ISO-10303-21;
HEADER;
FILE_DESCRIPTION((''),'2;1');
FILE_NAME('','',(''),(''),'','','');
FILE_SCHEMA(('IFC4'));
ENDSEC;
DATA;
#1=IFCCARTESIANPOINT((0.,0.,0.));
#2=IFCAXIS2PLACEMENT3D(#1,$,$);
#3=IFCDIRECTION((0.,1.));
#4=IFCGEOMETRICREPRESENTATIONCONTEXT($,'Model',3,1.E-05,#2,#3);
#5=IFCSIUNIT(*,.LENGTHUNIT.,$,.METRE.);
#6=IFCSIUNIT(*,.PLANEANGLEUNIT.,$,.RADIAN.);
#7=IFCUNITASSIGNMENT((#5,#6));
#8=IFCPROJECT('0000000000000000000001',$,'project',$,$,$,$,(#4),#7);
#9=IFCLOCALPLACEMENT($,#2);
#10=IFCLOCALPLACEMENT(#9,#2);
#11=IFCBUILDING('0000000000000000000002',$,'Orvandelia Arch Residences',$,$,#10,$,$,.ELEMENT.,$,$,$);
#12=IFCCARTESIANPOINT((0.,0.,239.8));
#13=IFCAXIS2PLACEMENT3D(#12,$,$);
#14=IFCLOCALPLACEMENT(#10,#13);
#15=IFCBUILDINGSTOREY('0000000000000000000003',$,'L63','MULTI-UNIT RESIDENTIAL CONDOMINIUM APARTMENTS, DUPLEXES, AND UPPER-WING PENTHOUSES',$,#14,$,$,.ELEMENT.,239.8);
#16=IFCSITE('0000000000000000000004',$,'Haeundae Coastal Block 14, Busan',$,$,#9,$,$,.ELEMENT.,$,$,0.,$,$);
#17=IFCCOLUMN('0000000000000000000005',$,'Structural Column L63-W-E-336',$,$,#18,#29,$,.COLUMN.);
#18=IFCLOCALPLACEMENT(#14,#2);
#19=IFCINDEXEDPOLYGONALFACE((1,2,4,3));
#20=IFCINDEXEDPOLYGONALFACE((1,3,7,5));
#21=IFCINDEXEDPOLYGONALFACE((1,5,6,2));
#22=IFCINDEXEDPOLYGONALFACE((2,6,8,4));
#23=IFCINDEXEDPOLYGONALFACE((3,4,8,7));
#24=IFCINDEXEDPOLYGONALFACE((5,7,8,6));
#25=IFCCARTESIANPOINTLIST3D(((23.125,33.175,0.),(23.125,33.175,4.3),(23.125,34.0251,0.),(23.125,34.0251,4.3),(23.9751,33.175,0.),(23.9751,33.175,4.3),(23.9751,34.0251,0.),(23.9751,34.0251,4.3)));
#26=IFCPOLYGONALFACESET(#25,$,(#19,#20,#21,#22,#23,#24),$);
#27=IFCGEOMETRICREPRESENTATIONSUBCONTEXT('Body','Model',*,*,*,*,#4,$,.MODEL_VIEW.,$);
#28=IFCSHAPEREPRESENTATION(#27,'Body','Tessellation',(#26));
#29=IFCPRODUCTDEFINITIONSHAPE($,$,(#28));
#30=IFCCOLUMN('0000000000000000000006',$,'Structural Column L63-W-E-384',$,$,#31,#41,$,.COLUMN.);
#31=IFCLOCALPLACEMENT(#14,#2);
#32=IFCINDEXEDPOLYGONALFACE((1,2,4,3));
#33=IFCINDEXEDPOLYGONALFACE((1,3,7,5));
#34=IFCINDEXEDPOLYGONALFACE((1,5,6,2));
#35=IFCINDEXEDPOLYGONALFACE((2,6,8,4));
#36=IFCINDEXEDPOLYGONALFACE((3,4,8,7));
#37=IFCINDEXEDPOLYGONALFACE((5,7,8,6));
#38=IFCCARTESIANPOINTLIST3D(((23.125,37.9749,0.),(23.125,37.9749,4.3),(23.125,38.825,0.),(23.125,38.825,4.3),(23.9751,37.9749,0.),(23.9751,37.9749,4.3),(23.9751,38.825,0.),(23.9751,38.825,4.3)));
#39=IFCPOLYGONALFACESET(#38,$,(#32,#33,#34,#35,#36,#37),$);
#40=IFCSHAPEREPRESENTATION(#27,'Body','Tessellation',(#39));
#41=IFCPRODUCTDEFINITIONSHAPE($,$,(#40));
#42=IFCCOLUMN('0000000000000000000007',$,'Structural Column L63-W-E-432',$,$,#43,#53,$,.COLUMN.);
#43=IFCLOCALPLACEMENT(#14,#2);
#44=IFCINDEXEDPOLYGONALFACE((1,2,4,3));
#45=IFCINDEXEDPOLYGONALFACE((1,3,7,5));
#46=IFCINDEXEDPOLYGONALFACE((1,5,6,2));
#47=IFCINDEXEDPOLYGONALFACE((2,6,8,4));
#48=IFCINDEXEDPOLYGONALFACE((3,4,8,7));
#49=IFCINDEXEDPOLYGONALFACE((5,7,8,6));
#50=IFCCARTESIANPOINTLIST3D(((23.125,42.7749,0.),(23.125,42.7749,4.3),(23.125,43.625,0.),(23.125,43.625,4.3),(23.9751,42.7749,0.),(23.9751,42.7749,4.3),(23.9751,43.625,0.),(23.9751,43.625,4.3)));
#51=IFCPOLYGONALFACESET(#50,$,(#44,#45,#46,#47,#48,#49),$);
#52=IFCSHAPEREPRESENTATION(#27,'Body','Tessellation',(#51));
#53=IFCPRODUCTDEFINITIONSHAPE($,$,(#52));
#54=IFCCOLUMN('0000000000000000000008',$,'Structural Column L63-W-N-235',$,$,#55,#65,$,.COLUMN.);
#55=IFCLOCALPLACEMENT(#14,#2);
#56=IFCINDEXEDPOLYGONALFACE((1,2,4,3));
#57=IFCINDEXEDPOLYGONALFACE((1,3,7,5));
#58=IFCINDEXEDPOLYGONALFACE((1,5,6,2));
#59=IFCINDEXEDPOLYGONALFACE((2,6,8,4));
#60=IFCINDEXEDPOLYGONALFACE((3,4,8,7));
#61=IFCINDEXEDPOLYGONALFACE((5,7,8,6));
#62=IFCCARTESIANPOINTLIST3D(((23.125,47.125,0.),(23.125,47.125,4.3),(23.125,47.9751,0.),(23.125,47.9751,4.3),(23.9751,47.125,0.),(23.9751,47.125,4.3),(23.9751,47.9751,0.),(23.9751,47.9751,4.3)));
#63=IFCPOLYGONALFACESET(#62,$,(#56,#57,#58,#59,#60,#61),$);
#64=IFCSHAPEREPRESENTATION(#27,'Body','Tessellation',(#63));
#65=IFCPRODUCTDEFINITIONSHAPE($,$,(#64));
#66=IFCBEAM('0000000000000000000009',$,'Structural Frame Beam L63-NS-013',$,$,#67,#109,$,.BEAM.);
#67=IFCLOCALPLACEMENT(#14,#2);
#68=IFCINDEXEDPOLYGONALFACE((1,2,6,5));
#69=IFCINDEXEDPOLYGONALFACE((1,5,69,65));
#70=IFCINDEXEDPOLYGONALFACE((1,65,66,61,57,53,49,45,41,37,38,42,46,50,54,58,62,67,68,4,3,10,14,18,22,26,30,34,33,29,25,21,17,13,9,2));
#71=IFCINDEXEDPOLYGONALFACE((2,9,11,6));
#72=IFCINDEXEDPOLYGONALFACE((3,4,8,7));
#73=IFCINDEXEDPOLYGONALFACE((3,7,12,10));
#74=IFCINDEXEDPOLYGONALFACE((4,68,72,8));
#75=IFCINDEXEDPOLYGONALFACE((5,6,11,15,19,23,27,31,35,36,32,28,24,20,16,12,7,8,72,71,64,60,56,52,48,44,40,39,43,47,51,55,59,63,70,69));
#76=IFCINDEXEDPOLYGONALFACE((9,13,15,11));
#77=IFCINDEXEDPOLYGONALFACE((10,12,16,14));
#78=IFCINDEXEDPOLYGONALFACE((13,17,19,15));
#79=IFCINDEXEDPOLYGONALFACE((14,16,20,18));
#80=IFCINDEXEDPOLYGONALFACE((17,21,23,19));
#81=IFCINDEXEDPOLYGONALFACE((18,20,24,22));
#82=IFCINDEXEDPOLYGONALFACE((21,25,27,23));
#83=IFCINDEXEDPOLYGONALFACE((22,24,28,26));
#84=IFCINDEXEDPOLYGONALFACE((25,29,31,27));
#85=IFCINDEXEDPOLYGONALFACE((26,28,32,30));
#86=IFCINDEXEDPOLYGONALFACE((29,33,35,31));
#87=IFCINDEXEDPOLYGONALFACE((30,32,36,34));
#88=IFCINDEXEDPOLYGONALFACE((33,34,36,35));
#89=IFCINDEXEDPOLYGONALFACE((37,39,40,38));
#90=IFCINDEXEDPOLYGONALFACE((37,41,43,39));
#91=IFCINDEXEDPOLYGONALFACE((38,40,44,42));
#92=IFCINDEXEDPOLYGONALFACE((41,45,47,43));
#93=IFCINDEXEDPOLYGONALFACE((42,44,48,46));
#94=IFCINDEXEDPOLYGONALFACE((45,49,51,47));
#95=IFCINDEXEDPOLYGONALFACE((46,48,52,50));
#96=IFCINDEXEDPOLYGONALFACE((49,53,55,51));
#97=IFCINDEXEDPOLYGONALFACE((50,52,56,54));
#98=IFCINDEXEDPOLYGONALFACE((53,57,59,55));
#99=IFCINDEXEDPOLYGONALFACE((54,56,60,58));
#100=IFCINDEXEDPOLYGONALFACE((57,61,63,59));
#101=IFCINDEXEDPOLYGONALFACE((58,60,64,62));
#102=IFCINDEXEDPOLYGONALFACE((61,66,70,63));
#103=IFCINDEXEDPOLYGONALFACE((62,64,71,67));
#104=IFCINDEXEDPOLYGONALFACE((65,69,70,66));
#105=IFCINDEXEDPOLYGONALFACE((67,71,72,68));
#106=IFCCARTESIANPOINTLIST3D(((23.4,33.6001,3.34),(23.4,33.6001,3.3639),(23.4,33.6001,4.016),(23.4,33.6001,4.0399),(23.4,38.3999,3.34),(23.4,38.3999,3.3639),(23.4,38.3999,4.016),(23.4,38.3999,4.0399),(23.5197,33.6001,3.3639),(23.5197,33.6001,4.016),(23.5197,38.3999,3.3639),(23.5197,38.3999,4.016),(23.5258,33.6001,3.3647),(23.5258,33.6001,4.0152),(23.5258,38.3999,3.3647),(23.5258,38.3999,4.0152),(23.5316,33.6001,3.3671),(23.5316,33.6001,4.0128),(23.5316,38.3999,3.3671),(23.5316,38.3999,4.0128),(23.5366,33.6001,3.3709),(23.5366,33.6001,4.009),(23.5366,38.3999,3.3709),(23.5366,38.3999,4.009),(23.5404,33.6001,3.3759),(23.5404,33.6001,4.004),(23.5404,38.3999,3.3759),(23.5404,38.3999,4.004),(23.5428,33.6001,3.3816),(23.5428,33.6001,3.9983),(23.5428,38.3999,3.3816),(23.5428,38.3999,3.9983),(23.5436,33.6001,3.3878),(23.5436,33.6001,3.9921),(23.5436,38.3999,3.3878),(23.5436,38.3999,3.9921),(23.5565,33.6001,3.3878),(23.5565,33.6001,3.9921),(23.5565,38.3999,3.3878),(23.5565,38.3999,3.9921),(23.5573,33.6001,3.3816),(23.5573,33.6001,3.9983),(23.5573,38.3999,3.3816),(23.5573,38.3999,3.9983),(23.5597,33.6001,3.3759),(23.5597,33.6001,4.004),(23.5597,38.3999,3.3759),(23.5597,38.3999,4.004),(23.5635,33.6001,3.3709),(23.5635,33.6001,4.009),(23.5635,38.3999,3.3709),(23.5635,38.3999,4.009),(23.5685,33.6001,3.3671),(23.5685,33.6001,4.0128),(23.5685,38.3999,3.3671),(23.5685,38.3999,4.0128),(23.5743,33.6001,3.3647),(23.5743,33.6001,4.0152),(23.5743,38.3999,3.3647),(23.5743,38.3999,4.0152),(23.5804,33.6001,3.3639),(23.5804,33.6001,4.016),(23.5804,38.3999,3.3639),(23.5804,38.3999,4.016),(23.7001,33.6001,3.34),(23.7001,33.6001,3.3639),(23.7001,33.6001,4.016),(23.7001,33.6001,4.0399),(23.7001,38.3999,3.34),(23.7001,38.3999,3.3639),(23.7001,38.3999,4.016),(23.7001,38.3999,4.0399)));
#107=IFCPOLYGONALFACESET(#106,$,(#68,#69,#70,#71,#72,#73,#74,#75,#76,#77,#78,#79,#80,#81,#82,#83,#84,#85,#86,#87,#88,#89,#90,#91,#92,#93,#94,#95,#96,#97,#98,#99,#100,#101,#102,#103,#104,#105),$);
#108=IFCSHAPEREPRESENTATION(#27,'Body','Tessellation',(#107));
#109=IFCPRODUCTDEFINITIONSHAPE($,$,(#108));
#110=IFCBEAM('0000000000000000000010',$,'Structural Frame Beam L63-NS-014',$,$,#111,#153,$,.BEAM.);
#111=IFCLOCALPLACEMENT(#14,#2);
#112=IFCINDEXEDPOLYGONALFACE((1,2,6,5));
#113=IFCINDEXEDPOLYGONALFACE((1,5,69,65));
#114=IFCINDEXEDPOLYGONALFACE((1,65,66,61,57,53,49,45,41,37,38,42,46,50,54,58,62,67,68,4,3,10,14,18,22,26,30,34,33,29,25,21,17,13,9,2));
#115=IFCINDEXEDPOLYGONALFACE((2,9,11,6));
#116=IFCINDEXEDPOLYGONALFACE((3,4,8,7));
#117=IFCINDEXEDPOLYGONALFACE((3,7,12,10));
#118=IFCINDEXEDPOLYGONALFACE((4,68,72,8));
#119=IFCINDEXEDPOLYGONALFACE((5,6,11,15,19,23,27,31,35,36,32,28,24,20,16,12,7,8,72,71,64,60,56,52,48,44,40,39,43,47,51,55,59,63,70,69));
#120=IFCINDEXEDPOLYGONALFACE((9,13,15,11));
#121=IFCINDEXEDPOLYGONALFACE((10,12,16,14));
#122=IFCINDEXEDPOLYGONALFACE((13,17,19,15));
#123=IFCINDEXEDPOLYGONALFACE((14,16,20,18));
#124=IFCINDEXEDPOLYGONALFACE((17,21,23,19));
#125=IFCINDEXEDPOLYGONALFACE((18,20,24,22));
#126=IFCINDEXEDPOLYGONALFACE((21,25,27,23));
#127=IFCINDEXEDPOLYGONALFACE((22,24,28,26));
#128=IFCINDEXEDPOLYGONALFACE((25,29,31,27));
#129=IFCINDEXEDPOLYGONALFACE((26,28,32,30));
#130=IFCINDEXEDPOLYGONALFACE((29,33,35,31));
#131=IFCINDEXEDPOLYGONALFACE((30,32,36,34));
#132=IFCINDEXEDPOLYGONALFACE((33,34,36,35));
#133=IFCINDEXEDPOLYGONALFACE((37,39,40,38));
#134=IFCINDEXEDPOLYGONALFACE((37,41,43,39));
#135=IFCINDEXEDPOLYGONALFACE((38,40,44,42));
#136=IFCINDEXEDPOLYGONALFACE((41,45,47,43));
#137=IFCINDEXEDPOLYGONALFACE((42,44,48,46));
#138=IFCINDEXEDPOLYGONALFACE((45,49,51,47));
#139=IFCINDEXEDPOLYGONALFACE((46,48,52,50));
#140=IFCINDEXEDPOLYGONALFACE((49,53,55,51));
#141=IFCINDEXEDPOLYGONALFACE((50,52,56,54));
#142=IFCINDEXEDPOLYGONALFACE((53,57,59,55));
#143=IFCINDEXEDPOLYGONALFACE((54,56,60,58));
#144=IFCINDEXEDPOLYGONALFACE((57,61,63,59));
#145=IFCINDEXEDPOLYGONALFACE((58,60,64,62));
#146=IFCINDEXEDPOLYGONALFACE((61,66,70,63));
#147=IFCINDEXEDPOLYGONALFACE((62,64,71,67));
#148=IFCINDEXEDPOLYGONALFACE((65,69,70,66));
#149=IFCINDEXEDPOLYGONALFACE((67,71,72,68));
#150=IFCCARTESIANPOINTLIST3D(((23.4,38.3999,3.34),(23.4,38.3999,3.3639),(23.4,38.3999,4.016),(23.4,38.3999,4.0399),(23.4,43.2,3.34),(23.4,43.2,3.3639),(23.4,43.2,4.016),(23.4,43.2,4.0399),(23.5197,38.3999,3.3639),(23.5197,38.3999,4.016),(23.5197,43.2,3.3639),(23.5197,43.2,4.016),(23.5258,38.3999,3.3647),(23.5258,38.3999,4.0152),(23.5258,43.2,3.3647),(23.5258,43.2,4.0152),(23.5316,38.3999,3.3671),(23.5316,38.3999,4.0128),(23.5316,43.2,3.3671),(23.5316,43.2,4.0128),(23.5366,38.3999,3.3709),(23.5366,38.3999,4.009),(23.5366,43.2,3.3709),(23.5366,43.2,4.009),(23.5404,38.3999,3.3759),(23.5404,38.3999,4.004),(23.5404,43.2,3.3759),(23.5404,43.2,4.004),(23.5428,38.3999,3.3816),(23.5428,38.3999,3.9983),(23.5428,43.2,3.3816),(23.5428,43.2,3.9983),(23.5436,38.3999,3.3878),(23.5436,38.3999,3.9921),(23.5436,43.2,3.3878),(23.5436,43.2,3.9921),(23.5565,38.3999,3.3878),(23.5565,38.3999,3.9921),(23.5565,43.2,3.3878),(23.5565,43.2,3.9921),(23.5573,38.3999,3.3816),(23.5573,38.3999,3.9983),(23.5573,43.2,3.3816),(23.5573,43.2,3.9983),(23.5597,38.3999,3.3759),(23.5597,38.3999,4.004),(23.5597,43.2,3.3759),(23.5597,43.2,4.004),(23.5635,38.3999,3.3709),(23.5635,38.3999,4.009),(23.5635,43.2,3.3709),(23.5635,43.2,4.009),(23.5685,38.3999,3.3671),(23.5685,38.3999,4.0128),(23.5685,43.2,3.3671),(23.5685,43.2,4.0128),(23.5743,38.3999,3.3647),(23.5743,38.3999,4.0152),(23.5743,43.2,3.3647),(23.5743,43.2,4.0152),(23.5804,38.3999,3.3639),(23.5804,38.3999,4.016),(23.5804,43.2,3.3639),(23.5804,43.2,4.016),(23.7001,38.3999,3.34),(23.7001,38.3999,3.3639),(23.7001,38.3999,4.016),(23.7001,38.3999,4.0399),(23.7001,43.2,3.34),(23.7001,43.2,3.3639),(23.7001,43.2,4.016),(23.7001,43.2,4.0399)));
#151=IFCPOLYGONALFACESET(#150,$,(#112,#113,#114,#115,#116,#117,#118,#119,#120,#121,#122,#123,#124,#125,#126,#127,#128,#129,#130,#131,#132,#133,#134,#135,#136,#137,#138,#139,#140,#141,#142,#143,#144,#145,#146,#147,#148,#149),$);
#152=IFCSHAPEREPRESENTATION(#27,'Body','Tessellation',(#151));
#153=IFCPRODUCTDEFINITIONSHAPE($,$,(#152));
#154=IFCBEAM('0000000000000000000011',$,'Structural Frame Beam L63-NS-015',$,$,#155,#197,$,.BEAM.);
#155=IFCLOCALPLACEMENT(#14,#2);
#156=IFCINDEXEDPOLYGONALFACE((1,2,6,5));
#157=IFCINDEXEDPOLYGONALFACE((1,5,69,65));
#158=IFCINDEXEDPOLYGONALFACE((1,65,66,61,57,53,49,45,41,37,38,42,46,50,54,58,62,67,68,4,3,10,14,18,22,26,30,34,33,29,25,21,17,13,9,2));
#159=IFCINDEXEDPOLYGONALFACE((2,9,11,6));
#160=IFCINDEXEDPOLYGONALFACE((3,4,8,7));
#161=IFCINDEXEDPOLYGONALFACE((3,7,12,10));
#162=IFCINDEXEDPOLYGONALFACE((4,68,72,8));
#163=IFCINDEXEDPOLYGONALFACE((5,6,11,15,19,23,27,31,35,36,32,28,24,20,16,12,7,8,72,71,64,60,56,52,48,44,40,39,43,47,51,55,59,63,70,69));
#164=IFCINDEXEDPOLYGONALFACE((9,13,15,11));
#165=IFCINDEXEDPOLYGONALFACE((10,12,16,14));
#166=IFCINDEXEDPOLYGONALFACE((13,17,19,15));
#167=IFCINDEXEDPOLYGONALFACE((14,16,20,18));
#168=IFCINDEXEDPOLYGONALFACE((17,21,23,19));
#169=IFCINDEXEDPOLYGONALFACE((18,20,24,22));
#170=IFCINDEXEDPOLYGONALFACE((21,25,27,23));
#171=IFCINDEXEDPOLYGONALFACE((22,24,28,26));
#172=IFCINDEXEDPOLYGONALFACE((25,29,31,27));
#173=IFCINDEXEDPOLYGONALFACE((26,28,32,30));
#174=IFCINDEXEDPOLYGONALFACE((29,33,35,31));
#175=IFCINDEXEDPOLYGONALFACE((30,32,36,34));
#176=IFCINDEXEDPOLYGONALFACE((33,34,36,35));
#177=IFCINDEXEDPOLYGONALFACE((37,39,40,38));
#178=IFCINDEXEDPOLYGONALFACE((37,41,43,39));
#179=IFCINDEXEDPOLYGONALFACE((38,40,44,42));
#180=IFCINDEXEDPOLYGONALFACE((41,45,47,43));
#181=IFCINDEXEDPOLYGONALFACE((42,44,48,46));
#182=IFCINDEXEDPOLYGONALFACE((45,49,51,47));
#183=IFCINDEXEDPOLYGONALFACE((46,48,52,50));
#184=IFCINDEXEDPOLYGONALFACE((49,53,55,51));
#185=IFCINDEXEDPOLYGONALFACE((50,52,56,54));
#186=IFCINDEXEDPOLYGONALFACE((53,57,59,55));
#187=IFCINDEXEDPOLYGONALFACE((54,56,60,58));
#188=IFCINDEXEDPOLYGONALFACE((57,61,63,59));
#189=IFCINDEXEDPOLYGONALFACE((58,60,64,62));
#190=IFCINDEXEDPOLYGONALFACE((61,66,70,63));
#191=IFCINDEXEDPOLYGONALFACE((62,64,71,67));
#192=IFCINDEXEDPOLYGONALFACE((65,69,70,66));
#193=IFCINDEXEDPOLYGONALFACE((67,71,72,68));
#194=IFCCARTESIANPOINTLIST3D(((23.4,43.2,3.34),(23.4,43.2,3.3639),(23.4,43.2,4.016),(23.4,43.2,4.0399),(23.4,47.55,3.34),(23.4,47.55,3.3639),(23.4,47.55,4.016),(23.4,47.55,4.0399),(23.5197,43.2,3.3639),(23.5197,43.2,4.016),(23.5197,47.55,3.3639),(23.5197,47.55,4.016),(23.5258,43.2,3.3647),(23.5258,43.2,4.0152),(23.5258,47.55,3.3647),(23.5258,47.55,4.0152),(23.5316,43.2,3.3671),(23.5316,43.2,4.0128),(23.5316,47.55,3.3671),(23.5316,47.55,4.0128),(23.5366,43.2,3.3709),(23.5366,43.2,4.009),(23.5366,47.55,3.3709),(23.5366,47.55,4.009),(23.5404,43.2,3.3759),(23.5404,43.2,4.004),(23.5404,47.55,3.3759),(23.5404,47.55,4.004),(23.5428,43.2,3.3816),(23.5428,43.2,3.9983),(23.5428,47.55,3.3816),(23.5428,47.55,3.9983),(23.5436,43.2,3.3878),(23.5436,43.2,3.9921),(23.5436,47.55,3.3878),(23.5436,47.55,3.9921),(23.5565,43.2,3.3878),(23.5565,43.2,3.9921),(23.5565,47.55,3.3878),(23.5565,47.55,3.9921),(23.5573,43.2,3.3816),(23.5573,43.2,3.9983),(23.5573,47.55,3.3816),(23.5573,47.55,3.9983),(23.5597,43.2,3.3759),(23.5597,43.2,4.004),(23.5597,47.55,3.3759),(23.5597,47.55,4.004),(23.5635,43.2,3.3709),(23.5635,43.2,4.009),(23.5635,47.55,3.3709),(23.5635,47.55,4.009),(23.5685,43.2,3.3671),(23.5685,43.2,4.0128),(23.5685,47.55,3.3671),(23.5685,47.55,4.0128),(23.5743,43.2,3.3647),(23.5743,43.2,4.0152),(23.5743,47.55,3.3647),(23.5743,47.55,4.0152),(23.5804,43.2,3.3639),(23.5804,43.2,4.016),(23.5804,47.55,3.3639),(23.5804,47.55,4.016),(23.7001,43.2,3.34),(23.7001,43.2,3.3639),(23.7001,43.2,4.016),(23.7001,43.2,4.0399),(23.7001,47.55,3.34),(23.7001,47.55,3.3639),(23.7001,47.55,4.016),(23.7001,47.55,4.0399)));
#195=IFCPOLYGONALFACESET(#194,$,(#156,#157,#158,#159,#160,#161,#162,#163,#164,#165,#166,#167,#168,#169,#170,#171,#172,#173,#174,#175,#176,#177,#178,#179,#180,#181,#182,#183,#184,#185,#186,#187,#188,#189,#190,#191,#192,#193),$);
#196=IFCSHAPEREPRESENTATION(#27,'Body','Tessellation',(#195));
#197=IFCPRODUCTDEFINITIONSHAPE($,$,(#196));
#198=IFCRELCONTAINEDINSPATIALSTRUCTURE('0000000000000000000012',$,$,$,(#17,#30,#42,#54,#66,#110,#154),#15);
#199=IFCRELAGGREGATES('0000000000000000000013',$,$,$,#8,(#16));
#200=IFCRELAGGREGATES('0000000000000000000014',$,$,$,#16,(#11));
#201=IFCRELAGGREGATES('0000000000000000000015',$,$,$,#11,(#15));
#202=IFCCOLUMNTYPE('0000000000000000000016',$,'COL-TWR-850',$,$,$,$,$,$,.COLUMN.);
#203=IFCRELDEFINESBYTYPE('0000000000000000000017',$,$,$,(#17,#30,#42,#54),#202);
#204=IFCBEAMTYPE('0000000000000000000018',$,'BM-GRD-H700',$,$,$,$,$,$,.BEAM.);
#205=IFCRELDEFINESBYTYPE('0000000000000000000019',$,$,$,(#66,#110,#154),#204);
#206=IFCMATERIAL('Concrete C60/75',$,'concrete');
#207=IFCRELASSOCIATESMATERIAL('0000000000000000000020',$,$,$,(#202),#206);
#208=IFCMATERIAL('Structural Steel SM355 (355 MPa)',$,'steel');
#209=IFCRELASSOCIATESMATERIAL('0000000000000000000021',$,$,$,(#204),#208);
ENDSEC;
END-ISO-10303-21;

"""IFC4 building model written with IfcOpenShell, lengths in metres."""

from ifc_helpers import new_model, si_unit, direction, frame, origin, origin_2d, place, context, subcontext, project, spatial, rectangle, i_section, extrude, material, material_profile, profile_set, type_object, element, save


model = new_model("IFC4")

# Units and contexts
model_context = context("Model", 3, precision=1e-05, world=origin(), true_north=direction((0.0, 1.0)))
body_context = subcontext(model_context, "Body", "Model", "MODEL_VIEW")
ifc_project = project(units=[si_unit("LENGTHUNIT", "METRE"), si_unit("PLANEANGLEUNIT", "RADIAN")], contexts=[model_context])

# Site, building, storey
site_placement = place(None, origin())
site = spatial("IfcSite", under=ifc_project, at=site_placement, Name="Haeundae Coastal Block 14, Busan", CompositionType="ELEMENT", RefElevation=0.0)
building_placement = place(site_placement, origin())
building = spatial("IfcBuilding", under=site, at=building_placement, Name="Orvandelia Arch Residences", CompositionType="ELEMENT")
storey_placement = place(building_placement, frame((0.0, 0.0, 239.8)))
storey = spatial("IfcBuildingStorey", under=building, at=storey_placement, Name="L63", Description="MULTI-UNIT RESIDENTIAL CONDOMINIUM APARTMENTS, DUPLEXES, AND UPPER-WING PENTHOUSES", CompositionType="ELEMENT", Elevation=239.8)

# Columns
ifc_material_1 = material(Name="Concrete C60/75", Category="concrete")
ifc_material_profile_1 = material_profile(ifc_material_1, rectangle(XDim=0.8501, YDim=0.8501, at=origin_2d()), Name="Concrete C60/75", Category="concrete")
ifc_profile_set_1 = profile_set([ifc_material_profile_1], Name="Concrete C60/75")
column_type = type_object("IfcColumnType", Name="COL-TWR-850", PredefinedType="COLUMN", material=ifc_profile_set_1)
for number, where, z_axis, x_axis, name in (
    (1, (23.55, 33.6001, 0.0), (0.0, 0.0, 1.0), (1.0, 0.0, 0.0), "Structural Column L63-W-E-336"),
    (2, (23.55, 38.3999, 0.0), (0.0, 0.0, 1.0), (1.0, 0.0, 0.0), "Structural Column L63-W-E-384"),
    (3, (23.55, 43.2, 0.0), (0.0, 0.0, 1.0), (1.0, 0.0, 0.0), "Structural Column L63-W-E-432"),
    (4, (23.55, 47.55, 0.0), (0.0, 0.0, 1.0), (1.0, 0.0, 0.0), "Structural Column L63-W-N-235"),
):
    element("IfcColumn", number, at=place(storey_placement, frame(where, z_axis=z_axis, x_axis=x_axis)), inside=storey, type_object=column_type, Name=name, PredefinedType="COLUMN", context=body_context, shape_type="SweptSolid", body=[
        extrude(rectangle(XDim=0.8501, YDim=0.8501, at=origin_2d()), origin(), (0.0, 0.0, 1.0), 4.3),
    ])

# Beams
ifc_material_2 = material(Name="Structural Steel SM355 (355 MPa)", Category="steel")
ifc_material_profile_2 = material_profile(ifc_material_2, i_section(OverallWidth=0.3, OverallDepth=0.7, WebThickness=0.0129, FlangeThickness=0.0239, FilletRadius=0.0239, at=origin_2d()), Name="Structural Steel SM355 (355 MPa)", Category="steel")
ifc_profile_set_2 = profile_set([ifc_material_profile_2], Name="Structural Steel SM355 (355 MPa)")
beam_type = type_object("IfcBeamType", Name="BM-GRD-H700", PredefinedType="BEAM", material=ifc_profile_set_2)
beam_1_placement = place(storey_placement, frame((23.55, 33.6001, 3.6899), z_axis=(0.0, 1.0, 0.0), x_axis=(-1.0, 0.0, 0.0)))
element("IfcBeam", 5, at=beam_1_placement, inside=storey, type_object=beam_type, Name="Structural Frame Beam L63-NS-013", PredefinedType="BEAM", context=body_context, shape_type="SweptSolid", body=[
    extrude(i_section(OverallWidth=0.3, OverallDepth=0.7, WebThickness=0.0129, FlangeThickness=0.0239, FilletRadius=0.0239, at=origin_2d()), origin(), (0.0, 0.0, 1.0), 4.7998),
])
beam_2_placement = place(storey_placement, frame((23.55, 38.3999, 3.6899), z_axis=(0.0, 1.0, 0.0), x_axis=(-1.0, 0.0, 0.0)))
element("IfcBeam", 6, at=beam_2_placement, inside=storey, type_object=beam_type, Name="Structural Frame Beam L63-NS-014", PredefinedType="BEAM", context=body_context, shape_type="SweptSolid", body=[
    extrude(i_section(OverallWidth=0.3, OverallDepth=0.7, WebThickness=0.0129, FlangeThickness=0.0239, FilletRadius=0.0239, at=origin_2d()), origin(), (0.0, 0.0, 1.0), 4.8),
])
beam_3_placement = place(storey_placement, frame((23.55, 43.2, 3.6899), z_axis=(0.0, 1.0, 0.0), x_axis=(-1.0, 0.0, 0.0)))
element("IfcBeam", 7, at=beam_3_placement, inside=storey, type_object=beam_type, Name="Structural Frame Beam L63-NS-015", PredefinedType="BEAM", context=body_context, shape_type="SweptSolid", body=[
    extrude(i_section(OverallWidth=0.3, OverallDepth=0.7, WebThickness=0.0129, FlangeThickness=0.0239, FilletRadius=0.0239, at=origin_2d()), origin(), (0.0, 0.0, 1.0), 4.3501),
])

save(model, "model.ifc")
